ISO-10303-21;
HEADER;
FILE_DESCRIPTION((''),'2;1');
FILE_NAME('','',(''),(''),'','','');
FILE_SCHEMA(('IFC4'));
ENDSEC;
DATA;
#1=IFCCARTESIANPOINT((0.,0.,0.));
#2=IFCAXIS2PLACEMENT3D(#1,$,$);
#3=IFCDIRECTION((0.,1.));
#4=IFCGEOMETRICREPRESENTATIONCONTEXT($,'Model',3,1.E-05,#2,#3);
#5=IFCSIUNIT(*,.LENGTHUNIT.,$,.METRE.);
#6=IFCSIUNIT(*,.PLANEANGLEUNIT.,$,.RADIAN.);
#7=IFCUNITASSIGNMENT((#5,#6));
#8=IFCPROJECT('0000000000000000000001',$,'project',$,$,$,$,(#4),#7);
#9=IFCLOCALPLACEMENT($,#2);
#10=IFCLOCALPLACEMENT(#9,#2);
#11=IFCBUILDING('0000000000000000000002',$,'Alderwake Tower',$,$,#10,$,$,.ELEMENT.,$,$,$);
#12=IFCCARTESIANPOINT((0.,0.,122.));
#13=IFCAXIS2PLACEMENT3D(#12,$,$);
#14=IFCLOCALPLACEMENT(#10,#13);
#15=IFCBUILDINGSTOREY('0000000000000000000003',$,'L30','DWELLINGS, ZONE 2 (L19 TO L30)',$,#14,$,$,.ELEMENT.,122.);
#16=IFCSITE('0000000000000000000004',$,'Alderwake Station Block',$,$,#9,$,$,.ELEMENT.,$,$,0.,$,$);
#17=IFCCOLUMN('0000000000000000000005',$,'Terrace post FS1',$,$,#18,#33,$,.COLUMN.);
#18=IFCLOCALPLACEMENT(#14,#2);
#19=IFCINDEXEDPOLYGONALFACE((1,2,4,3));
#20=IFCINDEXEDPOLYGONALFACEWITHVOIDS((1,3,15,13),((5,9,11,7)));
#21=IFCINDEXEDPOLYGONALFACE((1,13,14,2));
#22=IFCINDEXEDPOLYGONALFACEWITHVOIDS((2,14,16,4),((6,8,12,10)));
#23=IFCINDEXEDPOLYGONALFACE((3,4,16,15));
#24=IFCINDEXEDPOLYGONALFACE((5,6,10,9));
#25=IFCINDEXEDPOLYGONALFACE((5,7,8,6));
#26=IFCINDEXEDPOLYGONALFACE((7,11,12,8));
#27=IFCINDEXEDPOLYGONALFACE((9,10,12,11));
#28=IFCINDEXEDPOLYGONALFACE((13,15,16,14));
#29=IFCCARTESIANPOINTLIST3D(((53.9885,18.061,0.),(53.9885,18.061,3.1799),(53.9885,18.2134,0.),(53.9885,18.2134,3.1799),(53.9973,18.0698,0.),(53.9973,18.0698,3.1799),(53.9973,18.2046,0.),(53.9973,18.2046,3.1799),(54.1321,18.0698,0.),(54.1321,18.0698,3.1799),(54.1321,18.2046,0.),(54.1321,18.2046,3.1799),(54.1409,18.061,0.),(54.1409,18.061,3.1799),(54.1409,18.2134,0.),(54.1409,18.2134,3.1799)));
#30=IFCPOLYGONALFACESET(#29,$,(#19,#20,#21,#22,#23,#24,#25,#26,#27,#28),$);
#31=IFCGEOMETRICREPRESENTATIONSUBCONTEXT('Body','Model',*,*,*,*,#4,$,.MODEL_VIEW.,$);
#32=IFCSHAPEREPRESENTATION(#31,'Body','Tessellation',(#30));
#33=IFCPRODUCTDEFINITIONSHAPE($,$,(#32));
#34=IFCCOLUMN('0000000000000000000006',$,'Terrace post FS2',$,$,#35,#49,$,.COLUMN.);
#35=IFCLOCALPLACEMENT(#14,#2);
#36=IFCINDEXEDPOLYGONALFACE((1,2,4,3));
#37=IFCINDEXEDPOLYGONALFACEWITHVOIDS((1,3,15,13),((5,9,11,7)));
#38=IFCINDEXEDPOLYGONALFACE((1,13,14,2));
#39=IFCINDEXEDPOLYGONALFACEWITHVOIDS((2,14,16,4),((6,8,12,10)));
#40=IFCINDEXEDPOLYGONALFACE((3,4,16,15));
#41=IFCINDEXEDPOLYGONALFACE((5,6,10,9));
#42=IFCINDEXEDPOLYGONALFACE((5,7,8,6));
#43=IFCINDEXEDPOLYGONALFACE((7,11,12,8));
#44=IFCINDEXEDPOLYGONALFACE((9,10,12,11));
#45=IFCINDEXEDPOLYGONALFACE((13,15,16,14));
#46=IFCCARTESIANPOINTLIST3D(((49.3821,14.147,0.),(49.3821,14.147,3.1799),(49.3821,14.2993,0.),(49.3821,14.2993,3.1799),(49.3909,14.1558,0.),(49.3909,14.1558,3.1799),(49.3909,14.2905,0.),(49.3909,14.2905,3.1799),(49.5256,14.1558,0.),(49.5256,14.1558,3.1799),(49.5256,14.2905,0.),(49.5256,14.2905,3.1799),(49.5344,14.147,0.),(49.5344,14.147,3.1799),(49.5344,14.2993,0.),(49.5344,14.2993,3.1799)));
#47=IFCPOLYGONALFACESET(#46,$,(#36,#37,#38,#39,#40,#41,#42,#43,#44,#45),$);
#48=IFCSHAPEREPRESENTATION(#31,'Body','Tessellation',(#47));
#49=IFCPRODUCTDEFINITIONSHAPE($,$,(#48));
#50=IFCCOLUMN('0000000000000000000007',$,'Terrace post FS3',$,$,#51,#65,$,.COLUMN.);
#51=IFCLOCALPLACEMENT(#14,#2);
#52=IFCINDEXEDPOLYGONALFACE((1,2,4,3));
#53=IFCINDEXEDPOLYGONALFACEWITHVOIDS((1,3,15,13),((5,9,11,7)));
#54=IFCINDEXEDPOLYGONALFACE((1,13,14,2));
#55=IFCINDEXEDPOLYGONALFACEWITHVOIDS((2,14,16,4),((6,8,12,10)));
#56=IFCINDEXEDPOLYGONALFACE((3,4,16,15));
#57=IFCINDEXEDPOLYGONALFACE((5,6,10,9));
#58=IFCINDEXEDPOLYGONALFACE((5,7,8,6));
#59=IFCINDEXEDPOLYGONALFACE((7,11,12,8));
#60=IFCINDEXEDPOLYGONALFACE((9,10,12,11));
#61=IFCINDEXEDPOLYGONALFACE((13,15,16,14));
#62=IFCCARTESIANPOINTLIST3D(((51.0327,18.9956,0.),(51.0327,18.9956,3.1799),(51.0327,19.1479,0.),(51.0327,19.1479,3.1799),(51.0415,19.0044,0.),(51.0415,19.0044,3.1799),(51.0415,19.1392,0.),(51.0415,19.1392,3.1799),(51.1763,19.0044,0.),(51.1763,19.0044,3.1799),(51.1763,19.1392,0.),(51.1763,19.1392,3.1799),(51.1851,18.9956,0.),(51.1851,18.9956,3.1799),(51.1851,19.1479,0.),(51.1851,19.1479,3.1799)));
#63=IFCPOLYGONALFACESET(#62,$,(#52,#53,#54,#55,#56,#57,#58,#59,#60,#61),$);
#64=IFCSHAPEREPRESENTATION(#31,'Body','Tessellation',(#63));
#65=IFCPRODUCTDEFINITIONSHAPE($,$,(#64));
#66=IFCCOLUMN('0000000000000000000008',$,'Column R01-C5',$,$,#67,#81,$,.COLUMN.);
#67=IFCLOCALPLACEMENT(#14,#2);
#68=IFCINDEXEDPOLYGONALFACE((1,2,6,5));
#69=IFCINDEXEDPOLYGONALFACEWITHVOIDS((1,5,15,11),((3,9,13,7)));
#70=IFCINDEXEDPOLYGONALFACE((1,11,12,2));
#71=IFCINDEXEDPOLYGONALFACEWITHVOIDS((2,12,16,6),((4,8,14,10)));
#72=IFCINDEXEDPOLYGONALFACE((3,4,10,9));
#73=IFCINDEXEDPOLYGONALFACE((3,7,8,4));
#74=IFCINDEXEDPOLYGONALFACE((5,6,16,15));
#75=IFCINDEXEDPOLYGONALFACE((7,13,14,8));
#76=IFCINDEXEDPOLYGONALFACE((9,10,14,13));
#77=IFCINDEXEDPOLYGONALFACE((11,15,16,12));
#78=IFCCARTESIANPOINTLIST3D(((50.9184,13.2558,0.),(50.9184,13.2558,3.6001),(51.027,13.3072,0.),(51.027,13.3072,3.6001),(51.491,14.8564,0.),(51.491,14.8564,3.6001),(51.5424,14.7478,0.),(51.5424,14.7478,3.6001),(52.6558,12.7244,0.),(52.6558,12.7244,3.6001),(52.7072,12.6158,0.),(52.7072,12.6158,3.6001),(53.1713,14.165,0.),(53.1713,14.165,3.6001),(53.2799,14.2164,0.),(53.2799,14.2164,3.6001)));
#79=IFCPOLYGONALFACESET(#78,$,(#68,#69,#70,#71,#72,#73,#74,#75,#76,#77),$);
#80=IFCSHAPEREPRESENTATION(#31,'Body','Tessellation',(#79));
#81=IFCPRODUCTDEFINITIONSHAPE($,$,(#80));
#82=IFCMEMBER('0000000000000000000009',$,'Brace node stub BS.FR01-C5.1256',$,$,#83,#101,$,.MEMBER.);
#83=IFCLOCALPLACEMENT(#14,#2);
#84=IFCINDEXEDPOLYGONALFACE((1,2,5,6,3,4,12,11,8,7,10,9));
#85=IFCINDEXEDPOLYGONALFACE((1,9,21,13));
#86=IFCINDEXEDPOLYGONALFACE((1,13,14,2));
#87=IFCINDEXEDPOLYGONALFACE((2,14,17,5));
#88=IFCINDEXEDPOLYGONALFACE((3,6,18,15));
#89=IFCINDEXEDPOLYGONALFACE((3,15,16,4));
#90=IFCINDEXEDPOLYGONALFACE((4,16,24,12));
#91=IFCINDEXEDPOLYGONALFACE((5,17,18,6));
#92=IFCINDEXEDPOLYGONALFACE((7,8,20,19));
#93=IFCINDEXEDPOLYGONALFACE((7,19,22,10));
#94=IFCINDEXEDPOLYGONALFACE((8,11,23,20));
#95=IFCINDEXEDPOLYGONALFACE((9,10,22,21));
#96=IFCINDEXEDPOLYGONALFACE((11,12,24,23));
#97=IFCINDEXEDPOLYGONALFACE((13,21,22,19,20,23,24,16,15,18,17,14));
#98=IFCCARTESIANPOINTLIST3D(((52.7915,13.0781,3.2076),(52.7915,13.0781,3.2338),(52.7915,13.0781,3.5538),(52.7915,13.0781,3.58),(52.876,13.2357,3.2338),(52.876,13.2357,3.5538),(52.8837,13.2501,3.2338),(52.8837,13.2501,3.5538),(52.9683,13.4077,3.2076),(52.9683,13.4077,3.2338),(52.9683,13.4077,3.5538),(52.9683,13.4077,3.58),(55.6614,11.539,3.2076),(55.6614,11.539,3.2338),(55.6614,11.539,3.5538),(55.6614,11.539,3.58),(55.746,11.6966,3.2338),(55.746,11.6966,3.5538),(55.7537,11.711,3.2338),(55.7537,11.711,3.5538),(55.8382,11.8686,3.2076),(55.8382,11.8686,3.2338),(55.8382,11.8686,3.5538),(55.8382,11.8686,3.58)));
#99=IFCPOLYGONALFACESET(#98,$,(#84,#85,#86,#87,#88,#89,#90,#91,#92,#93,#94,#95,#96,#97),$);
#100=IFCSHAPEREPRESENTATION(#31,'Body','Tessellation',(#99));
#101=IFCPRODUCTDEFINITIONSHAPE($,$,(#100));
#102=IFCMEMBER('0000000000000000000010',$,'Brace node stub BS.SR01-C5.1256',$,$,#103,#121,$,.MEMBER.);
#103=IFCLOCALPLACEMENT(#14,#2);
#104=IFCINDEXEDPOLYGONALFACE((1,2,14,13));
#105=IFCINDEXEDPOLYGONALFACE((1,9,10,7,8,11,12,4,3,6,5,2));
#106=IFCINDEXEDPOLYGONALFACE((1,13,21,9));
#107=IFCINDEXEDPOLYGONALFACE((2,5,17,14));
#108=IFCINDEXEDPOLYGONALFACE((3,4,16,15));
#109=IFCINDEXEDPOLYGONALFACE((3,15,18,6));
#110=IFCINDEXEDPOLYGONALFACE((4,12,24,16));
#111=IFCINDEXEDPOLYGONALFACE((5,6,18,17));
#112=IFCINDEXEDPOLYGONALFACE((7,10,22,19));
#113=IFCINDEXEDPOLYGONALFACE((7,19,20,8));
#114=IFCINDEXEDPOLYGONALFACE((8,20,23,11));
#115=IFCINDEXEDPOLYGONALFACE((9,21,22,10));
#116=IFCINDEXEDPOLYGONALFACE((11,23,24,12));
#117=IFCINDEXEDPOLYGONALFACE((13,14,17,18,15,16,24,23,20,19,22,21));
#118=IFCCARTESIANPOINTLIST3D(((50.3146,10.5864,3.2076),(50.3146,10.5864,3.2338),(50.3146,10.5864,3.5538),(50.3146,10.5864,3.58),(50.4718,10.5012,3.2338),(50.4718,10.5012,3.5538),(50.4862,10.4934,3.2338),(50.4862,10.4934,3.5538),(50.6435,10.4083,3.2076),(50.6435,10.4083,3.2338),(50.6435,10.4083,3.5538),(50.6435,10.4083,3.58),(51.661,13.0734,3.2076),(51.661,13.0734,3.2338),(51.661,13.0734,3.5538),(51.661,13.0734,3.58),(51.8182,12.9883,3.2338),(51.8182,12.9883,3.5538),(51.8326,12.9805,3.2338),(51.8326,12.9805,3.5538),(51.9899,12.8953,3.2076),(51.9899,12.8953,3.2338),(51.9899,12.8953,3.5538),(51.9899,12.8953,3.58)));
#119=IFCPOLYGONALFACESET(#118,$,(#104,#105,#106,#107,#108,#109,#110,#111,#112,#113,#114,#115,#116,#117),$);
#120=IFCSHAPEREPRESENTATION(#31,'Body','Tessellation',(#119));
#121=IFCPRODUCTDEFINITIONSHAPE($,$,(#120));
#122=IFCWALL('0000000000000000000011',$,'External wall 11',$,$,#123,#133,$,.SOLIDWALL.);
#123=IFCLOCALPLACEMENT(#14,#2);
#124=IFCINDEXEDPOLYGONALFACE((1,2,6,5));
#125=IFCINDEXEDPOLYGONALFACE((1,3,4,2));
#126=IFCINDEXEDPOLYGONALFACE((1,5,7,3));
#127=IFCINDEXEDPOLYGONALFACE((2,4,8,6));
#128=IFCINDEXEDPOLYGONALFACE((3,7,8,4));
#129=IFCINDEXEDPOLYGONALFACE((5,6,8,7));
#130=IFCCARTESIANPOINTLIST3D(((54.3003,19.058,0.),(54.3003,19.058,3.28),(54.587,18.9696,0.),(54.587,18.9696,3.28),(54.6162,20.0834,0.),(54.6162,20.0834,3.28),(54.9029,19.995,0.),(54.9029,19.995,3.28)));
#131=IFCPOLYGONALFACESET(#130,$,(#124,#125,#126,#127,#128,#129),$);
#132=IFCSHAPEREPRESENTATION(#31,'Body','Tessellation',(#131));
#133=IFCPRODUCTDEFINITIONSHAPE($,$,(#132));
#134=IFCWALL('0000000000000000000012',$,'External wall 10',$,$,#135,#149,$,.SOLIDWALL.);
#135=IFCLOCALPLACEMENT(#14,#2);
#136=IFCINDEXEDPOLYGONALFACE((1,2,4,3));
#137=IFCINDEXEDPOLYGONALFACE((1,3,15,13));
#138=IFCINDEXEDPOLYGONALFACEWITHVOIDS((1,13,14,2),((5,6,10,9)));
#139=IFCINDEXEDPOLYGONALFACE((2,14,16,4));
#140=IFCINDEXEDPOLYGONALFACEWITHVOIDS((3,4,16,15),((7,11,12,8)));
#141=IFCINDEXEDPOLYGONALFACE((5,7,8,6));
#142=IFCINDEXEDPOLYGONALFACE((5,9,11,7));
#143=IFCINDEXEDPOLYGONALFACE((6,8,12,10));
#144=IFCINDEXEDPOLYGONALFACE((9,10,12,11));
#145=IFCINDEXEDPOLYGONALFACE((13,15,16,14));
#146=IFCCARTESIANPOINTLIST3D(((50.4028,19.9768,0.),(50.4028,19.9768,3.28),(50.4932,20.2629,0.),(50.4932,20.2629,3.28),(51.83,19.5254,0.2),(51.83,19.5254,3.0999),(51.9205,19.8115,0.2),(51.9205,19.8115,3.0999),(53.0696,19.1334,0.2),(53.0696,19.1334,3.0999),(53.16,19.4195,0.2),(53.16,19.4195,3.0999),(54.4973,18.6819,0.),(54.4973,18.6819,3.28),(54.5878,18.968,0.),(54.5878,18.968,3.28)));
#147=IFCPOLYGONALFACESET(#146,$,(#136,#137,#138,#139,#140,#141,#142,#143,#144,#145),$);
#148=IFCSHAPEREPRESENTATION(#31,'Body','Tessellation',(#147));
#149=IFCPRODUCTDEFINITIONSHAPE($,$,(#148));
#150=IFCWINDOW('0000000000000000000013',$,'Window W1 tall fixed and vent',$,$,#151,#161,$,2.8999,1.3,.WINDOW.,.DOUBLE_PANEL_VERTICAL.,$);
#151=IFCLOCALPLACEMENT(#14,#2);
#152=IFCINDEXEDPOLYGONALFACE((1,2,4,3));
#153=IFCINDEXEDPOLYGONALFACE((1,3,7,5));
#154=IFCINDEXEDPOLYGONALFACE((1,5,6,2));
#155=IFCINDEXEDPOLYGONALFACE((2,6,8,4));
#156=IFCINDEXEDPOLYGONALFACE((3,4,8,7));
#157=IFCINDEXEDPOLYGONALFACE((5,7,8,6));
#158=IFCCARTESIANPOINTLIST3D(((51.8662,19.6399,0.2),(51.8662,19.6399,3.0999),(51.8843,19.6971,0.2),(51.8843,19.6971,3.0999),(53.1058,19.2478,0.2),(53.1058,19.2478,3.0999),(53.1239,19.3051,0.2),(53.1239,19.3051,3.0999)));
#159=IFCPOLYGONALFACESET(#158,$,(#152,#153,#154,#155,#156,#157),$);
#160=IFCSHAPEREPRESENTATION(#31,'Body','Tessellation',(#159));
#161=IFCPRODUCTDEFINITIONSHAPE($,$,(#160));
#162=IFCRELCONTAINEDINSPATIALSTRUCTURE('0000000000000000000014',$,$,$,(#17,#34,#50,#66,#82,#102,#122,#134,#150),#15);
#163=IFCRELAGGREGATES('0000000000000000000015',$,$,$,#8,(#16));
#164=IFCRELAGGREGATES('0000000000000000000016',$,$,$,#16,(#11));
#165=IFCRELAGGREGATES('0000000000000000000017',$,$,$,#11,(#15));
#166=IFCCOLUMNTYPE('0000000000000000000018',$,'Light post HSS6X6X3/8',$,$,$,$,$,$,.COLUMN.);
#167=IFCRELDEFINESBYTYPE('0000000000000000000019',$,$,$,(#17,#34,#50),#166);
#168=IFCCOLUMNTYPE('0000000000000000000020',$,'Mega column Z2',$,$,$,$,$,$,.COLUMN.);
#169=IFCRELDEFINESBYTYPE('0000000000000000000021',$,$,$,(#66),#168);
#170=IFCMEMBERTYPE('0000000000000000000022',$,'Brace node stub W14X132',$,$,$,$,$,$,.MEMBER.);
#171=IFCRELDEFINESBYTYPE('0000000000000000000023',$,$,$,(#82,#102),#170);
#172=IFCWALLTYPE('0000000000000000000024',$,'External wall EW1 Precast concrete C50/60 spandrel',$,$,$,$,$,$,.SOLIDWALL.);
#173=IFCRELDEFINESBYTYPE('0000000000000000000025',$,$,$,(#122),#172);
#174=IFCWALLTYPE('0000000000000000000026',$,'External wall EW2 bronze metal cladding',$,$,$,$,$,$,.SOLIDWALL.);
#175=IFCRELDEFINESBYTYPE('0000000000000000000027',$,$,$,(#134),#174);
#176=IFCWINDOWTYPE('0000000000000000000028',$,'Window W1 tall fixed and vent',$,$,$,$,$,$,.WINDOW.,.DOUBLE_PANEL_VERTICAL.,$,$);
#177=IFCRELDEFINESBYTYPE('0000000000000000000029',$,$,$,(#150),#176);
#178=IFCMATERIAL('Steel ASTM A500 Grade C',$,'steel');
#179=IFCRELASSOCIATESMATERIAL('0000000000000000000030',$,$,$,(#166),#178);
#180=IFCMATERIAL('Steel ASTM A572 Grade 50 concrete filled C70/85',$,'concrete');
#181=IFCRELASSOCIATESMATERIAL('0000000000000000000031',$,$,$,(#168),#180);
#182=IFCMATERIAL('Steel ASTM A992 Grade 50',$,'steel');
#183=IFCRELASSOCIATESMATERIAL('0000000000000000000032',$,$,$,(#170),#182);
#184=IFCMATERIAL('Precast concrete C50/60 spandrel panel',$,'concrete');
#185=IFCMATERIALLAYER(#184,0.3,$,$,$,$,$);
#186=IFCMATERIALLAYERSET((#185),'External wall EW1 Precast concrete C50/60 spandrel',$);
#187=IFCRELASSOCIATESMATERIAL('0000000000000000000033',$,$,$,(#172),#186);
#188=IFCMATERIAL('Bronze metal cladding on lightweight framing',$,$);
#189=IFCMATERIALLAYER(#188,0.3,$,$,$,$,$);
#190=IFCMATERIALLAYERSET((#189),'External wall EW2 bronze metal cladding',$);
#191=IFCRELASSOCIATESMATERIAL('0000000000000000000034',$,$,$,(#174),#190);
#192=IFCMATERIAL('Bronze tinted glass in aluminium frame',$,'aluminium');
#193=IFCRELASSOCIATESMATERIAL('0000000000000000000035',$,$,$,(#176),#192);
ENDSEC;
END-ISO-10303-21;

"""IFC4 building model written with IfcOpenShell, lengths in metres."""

from ifc_helpers import new_model, si_unit, direction, frame, frame_2d, origin, origin_2d, place, context, subcontext, project, spatial, rectangle, hollow_rectangle, i_section, extrude, material, layer, layer_set, material_profile, profile_set, type_object, element, fill, save


model = new_model("IFC4")

# Units and contexts
model_context = context("Model", 3, precision=1e-05, world=origin(), true_north=direction((0.0, 1.0)))
body_context = subcontext(model_context, "Body", "Model", "MODEL_VIEW")
ifc_project = project(units=[si_unit("LENGTHUNIT", "METRE"), si_unit("PLANEANGLEUNIT", "RADIAN")], contexts=[model_context])

# Site, building, storey
site_placement = place(None, origin())
site = spatial("IfcSite", under=ifc_project, at=site_placement, Name="Alderwake Station Block", CompositionType="ELEMENT", RefElevation=0.0)
building_placement = place(site_placement, origin())
building = spatial("IfcBuilding", under=site, at=building_placement, Name="Alderwake Tower", CompositionType="ELEMENT")
storey_placement = place(building_placement, frame((0.0, 0.0, 122.0)))
storey = spatial("IfcBuildingStorey", under=building, at=storey_placement, Name="L30", Description="DWELLINGS, ZONE 2 (L19 TO L30)", CompositionType="ELEMENT", Elevation=122.0)

# Columns
ifc_material_1 = material(Name="Steel ASTM A500 Grade C", Category="steel")
ifc_material_profile_1 = material_profile(ifc_material_1, hollow_rectangle(XDim=0.1523, YDim=0.1523, WallThickness=0.0088, at=origin_2d()), Name="HSS6X6X3/8")
ifc_profile_set_1 = profile_set([ifc_material_profile_1], Name="Steel ASTM A500 Grade C")
column_type_1 = type_object("IfcColumnType", Name="Light post HSS6X6X3/8", PredefinedType="COLUMN", material=ifc_profile_set_1)
for number, where, z_axis, x_axis, name in (
    (1, (54.0647, 18.1372, 0.0), (0.0, 0.0, 1.0), (1.0, 0.0, 0.0), "Terrace post FS1"),
    (2, (49.4583, 14.2231, 0.0), (0.0, 0.0, 1.0), (1.0, 0.0, 0.0), "Terrace post FS2"),
    (3, (51.1089, 19.0718, 0.0), (0.0, 0.0, 1.0), (1.0, 0.0, 0.0), "Terrace post FS3"),
):
    element("IfcColumn", number, at=place(storey_placement, frame(where, z_axis=z_axis, x_axis=x_axis)), inside=storey, type_object=column_type_1, Name=name, PredefinedType="COLUMN", context=body_context, shape_type="SweptSolid", body=[
        extrude(hollow_rectangle(XDim=0.1523, YDim=0.1523, WallThickness=0.0088, at=origin_2d()), origin(), (0.0, 0.0, 1.0), 3.1799),
    ])
ifc_material_2 = material(Name="Steel ASTM A572 Grade 50 concrete filled C70/85", Category="concrete")
ifc_material_profile_2 = material_profile(ifc_material_2, hollow_rectangle(XDim=1.7, YDim=1.8999, WallThickness=0.085, at=origin_2d()), Name="BOX 1900X1700X85")
ifc_profile_set_2 = profile_set([ifc_material_profile_2], Name="Steel ASTM A572 Grade 50 concrete filled C70/85")
column_type_2 = type_object("IfcColumnType", Name="Mega column Z2", PredefinedType="COLUMN", material=ifc_profile_set_2)
column_placement = place(storey_placement, frame((52.0991, 13.7361, 0.0), z_axis=(0.0, 0.0, 1.0), x_axis=(0.336878, 0.941548, 0.0)))
element("IfcColumn", 4, at=column_placement, inside=storey, type_object=column_type_2, Name="Column R01-C5", PredefinedType="COLUMN", context=body_context, shape_type="SweptSolid", body=[
    extrude(hollow_rectangle(XDim=1.7, YDim=1.8999, WallThickness=0.085, at=origin_2d()), origin(), (0.0, 0.0, 1.0), 3.6001),
])

# Members
ifc_material_3 = material(Name="Steel ASTM A992 Grade 50", Category="steel")
ifc_material_profile_3 = material_profile(ifc_material_3, i_section(OverallWidth=0.374, OverallDepth=0.3723, WebThickness=0.0164, FlangeThickness=0.0261, at=origin_2d()), Name="W14X132")
ifc_profile_set_3 = profile_set([ifc_material_profile_3], Name="Steel ASTM A992 Grade 50")
member_type = type_object("IfcMemberType", Name="Brace node stub W14X132", PredefinedType="MEMBER", material=ifc_profile_set_3)
member_1_placement = place(storey_placement, frame((52.8799, 13.2429, 3.3938), z_axis=(0.881271, -0.47261, 0.0), x_axis=(0.47261, 0.881271, 0.0)))
element("IfcMember", 5, at=member_1_placement, inside=storey, type_object=member_type, Name="Brace node stub BS.FR01-C5.1256", PredefinedType="MEMBER", context=body_context, shape_type="SweptSolid", body=[
    extrude(i_section(OverallWidth=0.374, OverallDepth=0.3723, WebThickness=0.0164, FlangeThickness=0.0261, at=origin_2d()), origin(), (0.0, 0.0, 1.0), 3.2566),
])
member_2_placement = place(storey_placement, frame((51.8254, 12.9844, 3.3938), z_axis=(-0.476086, -0.879399, 0.0), x_axis=(0.879399, -0.476086, 0.0)))
element("IfcMember", 6, at=member_2_placement, inside=storey, type_object=member_type, Name="Brace node stub BS.SR01-C5.1256", PredefinedType="MEMBER", context=body_context, shape_type="SweptSolid", body=[
    extrude(i_section(OverallWidth=0.374, OverallDepth=0.3723, WebThickness=0.0164, FlangeThickness=0.0261, at=origin_2d()), origin(), (0.0, 0.0, 1.0), 2.8281),
])

# Wall
ifc_material_4 = material(Name="Precast concrete C50/60 spandrel panel", Category="concrete")
ifc_layer_1 = layer(ifc_material_4, 0.3)
ifc_layer_set_1 = layer_set([ifc_layer_1], Name="External wall EW1 Precast concrete C50/60 spandrel")
wall_type_1 = type_object("IfcWallType", Name="External wall EW1 Precast concrete C50/60 spandrel", PredefinedType="SOLIDWALL", material=ifc_layer_set_1)
wall_1_placement = place(storey_placement, frame((54.4436, 19.0137, 0.0), z_axis=(0.0, 0.0, 1.0), x_axis=(0.294438, 0.955671, 0.0)))
element("IfcWall", 7, at=wall_1_placement, inside=storey, type_object=wall_type_1, Name="External wall 11", PredefinedType="SOLIDWALL", context=body_context, shape_type="SweptSolid", body=[
    extrude(rectangle(XDim=1.073, YDim=0.3, at=frame_2d((0.5366, 0.0))), origin(), (0.0, 0.0, 1.0), 3.28),
])

# Shared definitions
ifc_material_5 = material(Name="Bronze metal cladding on lightweight framing")
ifc_layer_2 = layer(ifc_material_5, 0.3)
ifc_layer_set_2 = layer_set([ifc_layer_2], Name="External wall EW2 bronze metal cladding")
wall_type_2 = type_object("IfcWallType", Name="External wall EW2 bronze metal cladding", PredefinedType="SOLIDWALL", material=ifc_layer_set_2)
ifc_material_6 = material(Name="Bronze tinted glass in aluminium frame", Category="aluminium")
window_type = type_object("IfcWindowType", Name="Window W1 tall fixed and vent", PartitioningType="DOUBLE_PANEL_VERTICAL", PredefinedType="WINDOW", material=ifc_material_6)

# Wall, opening, window
wall_2_placement = place(storey_placement, frame((50.448, 20.1199, 0.0), z_axis=(0.0, 0.0, 1.0), x_axis=(0.953454, -0.301539, 0.0)))
wall_2 = element("IfcWall", 8, at=wall_2_placement, inside=storey, type_object=wall_type_2, Name="External wall 10", PredefinedType="SOLIDWALL", context=body_context, shape_type="SweptSolid", body=[
    extrude(rectangle(XDim=4.2944, YDim=0.3, at=frame_2d((2.1472, 0.0))), origin(), (0.0, 0.0, 1.0), 3.28),
])
opening_1_placement = place(wall_2_placement, frame((1.4971, 0.0, 0.2)))
opening_1 = element("IfcOpeningElement", 9, at=opening_1_placement, cuts=wall_2, PredefinedType="OPENING", context=body_context, shape_type="SweptSolid", body=[
    extrude(rectangle(XDim=1.3, YDim=2.8999, at=frame_2d((0.6499, 1.45))), frame((0.0, 0.1599, 0.0), z_axis=(0.0, -1.0, 0.0), x_axis=(1.0, 0.0, 0.0)), (0.0, 0.0, 1.0), 0.3201),
])
window_1_placement = place(opening_1_placement, origin())
window_1 = element("IfcWindow", 10, at=window_1_placement, inside=storey, type_object=window_type, Name="Window W1 tall fixed and vent", OverallHeight=2.8999, OverallWidth=1.3, PartitioningType="DOUBLE_PANEL_VERTICAL", PredefinedType="WINDOW", context=body_context, shape_type="SweptSolid", body=[
    extrude(rectangle(XDim=1.3, YDim=2.8999, at=frame_2d((0.6499, 1.45))), frame((0.0, 0.03, 0.0), z_axis=(0.0, -1.0, 0.0), x_axis=(1.0, 0.0, 0.0)), (0.0, 0.0, 1.0), 0.0601),
])
fill(opening_1, window_1)

save(model, "model.ifc")
